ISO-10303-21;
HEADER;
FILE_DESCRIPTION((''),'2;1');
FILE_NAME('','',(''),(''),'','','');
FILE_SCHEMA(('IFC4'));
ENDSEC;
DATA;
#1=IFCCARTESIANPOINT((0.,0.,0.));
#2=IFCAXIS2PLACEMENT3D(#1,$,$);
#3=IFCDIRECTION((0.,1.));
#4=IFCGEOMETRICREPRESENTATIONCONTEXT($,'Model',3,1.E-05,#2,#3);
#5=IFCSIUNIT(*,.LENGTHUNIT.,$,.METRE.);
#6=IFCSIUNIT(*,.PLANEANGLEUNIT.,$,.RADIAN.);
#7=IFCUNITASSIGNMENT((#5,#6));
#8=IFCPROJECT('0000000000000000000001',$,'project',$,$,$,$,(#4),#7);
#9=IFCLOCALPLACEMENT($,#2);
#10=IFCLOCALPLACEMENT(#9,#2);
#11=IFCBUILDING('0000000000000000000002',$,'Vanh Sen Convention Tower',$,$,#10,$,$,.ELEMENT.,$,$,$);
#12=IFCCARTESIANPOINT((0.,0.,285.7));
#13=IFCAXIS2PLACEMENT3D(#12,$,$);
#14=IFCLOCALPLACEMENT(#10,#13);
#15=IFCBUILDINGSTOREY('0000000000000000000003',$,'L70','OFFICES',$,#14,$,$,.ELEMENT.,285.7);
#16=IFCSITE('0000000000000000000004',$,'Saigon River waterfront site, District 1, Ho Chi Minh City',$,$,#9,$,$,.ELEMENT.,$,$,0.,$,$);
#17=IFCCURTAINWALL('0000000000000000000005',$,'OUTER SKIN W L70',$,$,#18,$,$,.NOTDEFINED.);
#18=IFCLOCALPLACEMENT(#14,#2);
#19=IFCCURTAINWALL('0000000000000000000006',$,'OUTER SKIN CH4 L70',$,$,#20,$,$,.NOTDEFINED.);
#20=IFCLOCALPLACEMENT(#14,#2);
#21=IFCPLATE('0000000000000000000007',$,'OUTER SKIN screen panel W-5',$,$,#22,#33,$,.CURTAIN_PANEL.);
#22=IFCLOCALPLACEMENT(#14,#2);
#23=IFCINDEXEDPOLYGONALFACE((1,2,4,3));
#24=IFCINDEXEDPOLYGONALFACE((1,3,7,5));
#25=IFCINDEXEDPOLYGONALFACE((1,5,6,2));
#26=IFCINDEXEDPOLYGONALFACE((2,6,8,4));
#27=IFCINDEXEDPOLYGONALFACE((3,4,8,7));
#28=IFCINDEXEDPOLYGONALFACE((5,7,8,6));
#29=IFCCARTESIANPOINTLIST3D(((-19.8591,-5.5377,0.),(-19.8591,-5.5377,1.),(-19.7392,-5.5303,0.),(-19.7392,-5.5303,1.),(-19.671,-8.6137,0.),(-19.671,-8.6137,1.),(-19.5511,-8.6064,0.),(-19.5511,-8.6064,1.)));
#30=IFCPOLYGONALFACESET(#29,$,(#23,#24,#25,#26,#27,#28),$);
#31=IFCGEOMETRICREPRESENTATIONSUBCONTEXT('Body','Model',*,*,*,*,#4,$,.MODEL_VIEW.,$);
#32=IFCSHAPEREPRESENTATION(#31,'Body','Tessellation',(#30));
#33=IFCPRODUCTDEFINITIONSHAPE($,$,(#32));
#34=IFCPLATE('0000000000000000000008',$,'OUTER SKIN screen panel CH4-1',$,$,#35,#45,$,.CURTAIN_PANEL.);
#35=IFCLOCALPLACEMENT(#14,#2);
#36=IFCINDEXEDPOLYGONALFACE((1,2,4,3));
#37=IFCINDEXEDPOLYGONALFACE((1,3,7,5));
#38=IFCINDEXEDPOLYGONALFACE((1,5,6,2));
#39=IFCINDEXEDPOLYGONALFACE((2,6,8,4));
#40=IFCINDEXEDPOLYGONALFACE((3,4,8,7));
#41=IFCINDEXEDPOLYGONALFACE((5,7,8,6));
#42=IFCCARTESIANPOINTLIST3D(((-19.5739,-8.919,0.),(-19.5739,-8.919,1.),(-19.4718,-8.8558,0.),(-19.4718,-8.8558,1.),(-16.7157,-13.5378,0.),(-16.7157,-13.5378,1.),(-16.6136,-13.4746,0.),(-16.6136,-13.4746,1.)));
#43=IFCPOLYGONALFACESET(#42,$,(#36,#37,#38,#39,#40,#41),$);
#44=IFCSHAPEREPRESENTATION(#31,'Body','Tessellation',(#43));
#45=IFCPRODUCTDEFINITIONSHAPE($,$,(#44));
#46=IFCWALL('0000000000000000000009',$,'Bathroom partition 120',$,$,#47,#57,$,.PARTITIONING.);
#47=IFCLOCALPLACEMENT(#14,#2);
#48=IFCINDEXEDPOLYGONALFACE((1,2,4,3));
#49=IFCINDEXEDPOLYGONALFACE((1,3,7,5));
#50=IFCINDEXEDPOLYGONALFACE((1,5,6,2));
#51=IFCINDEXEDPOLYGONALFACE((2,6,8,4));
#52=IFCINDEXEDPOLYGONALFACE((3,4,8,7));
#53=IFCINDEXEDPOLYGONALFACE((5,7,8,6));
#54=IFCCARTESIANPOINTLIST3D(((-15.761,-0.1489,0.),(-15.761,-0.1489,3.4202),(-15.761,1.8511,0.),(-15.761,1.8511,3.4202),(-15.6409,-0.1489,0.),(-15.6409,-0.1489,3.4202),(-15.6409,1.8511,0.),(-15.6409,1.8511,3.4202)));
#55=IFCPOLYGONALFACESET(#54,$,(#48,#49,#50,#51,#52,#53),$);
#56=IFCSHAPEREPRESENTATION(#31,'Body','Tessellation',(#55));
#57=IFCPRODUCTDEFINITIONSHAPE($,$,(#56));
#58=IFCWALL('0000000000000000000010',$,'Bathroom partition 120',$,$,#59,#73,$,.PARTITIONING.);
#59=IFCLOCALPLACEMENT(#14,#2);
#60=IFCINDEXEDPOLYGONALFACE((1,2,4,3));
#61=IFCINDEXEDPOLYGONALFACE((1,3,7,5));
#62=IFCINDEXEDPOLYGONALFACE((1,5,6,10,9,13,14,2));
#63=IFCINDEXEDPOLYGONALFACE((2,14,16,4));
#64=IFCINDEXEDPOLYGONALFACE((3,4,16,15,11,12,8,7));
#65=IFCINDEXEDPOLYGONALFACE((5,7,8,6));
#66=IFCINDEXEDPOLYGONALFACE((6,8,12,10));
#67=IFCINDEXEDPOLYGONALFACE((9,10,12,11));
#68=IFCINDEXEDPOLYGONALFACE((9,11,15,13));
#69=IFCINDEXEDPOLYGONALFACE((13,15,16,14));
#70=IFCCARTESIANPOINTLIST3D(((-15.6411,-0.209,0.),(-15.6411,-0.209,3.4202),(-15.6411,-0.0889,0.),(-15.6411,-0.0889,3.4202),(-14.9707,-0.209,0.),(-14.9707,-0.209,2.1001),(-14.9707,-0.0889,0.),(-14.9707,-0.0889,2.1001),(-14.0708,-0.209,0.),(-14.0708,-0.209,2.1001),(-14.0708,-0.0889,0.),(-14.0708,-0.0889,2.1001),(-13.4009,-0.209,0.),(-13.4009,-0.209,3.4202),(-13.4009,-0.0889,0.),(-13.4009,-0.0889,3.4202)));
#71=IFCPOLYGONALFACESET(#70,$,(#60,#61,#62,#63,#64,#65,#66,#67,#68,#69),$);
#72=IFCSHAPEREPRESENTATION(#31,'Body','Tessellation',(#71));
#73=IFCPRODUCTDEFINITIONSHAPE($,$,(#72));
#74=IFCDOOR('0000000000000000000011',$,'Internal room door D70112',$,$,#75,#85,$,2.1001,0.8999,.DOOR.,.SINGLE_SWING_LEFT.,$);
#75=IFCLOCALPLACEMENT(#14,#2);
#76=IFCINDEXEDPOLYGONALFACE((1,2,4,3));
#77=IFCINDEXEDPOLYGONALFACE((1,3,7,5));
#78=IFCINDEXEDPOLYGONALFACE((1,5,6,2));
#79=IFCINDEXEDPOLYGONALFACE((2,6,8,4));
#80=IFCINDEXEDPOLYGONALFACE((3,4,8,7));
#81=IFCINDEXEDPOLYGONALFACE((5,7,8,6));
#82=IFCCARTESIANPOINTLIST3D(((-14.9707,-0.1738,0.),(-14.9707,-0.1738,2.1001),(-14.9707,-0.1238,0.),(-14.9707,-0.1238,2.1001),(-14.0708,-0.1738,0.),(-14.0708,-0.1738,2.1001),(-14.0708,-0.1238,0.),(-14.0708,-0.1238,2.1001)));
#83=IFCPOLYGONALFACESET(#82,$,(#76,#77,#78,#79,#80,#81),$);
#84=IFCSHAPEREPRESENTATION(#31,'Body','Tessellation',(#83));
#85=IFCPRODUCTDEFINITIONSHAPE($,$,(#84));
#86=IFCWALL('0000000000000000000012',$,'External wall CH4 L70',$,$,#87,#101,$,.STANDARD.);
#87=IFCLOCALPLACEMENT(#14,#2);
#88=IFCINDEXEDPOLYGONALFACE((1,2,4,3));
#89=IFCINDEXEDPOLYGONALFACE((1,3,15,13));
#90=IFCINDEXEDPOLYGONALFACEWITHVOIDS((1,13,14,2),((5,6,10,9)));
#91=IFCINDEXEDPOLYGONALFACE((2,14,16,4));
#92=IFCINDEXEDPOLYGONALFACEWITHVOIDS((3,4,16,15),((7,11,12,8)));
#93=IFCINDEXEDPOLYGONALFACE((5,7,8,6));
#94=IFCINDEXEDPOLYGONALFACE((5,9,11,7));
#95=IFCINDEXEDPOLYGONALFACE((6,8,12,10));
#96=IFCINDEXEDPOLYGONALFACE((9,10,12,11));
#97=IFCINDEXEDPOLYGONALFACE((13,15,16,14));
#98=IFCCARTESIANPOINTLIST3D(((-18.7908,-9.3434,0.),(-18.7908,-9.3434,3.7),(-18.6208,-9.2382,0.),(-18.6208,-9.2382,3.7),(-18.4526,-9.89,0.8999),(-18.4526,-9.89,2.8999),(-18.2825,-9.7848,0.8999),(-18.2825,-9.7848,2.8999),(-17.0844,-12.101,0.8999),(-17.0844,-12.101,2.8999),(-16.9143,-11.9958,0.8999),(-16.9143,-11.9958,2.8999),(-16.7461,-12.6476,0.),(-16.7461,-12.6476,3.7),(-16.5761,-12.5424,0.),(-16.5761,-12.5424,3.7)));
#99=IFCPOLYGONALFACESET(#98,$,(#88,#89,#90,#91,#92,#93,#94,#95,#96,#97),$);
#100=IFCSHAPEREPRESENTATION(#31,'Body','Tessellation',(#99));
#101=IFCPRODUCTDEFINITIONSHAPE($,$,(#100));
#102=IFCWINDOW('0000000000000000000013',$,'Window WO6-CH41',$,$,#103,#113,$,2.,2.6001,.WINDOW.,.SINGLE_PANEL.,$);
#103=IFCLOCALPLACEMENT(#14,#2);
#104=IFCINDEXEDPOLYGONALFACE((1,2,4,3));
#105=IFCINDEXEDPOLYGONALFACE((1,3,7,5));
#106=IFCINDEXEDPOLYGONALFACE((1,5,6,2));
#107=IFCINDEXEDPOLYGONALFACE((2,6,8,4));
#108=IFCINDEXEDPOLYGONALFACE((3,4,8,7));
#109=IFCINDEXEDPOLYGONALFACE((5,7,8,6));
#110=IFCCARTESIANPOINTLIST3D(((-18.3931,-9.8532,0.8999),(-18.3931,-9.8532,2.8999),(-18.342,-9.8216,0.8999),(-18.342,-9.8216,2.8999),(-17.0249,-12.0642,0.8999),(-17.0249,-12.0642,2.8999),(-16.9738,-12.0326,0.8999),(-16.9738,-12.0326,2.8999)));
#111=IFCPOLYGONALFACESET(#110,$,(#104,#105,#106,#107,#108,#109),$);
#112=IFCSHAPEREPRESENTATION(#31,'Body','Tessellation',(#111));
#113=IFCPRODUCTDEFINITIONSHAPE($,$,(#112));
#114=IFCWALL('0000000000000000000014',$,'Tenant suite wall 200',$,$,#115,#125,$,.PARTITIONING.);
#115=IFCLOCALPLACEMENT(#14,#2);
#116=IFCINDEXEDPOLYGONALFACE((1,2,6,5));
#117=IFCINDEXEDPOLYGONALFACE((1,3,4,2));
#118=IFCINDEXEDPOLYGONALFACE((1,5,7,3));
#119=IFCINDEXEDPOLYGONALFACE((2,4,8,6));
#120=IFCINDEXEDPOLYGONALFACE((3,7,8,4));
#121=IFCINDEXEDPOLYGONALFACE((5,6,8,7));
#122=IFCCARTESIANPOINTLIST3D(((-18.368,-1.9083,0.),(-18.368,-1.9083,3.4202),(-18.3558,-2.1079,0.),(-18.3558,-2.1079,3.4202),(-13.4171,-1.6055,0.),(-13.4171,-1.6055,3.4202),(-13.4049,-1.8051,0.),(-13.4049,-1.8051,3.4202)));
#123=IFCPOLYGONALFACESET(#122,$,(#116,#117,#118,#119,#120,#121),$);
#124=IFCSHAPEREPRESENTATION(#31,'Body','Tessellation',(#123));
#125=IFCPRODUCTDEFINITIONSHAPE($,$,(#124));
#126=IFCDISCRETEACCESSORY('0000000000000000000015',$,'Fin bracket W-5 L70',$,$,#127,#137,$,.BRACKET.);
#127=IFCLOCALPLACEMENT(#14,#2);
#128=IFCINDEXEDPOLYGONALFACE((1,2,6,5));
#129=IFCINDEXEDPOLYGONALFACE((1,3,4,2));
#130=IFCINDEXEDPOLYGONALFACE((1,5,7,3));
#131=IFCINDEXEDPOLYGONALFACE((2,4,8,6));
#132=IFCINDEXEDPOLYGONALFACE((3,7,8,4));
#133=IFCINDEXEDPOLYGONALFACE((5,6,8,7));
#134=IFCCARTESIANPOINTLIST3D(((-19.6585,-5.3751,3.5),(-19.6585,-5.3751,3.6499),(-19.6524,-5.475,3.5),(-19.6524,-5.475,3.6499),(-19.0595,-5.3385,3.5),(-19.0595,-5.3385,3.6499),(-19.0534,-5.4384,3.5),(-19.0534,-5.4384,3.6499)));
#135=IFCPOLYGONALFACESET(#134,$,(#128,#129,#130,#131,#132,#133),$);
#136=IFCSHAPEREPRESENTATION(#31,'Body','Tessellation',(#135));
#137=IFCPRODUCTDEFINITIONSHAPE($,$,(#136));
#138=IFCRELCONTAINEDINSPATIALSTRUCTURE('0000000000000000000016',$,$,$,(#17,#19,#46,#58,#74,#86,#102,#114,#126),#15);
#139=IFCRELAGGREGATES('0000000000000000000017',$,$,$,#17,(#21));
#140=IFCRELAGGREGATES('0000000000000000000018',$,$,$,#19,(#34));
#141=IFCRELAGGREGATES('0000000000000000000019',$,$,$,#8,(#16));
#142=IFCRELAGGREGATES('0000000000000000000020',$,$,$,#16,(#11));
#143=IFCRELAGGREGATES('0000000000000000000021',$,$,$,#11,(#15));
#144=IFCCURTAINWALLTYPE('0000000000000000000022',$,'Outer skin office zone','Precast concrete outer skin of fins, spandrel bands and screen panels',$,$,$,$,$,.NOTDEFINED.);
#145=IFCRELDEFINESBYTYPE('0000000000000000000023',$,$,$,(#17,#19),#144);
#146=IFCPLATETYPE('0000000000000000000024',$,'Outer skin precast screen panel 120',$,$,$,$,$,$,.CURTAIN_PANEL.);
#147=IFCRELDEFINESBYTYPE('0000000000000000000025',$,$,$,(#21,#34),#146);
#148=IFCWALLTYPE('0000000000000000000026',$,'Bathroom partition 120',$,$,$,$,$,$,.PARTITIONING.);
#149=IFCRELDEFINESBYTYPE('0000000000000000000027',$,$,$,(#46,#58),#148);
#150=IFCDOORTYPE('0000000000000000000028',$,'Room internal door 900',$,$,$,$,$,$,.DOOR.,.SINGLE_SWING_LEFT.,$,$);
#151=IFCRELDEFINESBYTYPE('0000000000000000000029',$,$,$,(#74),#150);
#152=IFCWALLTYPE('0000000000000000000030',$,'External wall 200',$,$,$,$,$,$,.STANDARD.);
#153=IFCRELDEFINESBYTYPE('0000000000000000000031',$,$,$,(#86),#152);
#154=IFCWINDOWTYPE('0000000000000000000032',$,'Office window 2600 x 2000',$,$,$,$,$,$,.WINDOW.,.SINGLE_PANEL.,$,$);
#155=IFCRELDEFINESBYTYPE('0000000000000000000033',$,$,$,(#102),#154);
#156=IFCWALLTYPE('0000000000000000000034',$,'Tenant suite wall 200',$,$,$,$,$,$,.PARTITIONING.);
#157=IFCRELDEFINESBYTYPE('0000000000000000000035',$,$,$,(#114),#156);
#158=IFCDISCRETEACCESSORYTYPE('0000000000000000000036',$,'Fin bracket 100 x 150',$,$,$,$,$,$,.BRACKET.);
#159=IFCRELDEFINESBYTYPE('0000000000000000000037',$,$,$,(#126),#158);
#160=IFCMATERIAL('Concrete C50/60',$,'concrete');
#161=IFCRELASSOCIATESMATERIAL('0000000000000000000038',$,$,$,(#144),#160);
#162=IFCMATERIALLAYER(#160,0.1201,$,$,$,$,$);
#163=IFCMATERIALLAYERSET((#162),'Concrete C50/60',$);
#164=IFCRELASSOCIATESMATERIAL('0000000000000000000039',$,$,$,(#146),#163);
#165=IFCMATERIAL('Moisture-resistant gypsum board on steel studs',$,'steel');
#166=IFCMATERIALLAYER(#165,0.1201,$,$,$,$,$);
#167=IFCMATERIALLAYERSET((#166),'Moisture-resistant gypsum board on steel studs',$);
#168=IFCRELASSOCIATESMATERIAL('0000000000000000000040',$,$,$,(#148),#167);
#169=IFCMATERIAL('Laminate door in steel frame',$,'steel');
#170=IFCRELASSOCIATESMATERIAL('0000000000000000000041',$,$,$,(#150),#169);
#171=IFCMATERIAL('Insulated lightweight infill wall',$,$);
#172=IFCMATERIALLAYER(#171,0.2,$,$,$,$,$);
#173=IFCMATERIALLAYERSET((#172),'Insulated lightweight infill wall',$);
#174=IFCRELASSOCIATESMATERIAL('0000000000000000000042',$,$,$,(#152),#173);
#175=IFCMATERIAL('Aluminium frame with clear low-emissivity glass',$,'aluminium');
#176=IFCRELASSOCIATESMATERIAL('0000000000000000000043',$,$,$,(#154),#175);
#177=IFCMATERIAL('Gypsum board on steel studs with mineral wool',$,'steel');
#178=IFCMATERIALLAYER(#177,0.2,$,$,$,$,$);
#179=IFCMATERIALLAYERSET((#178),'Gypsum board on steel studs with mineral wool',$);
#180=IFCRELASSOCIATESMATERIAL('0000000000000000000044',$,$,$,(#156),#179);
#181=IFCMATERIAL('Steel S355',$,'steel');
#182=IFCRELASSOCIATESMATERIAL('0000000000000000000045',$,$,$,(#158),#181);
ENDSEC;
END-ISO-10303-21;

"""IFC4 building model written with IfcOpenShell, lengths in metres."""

from ifc_helpers import new_model, si_unit, direction, frame, frame_2d, origin, origin_2d, place, context, subcontext, project, spatial, rectangle, extrude, material, layer, layer_set, type_object, element, fill, aggregate, save


model = new_model("IFC4")

# Units and contexts
model_context = context("Model", 3, precision=1e-05, world=origin(), true_north=direction((0.0, 1.0)))
body_context = subcontext(model_context, "Body", "Model", "MODEL_VIEW")
ifc_project = project(units=[si_unit("LENGTHUNIT", "METRE"), si_unit("PLANEANGLEUNIT", "RADIAN")], contexts=[model_context])

# Site, building, storey
site_placement = place(None, origin())
site = spatial("IfcSite", under=ifc_project, at=site_placement, Name="Saigon River waterfront site, District 1, Ho Chi Minh City", CompositionType="ELEMENT", RefElevation=0.0)
building_placement = place(site_placement, origin())
building = spatial("IfcBuilding", under=site, at=building_placement, Name="Vanh Sen Convention Tower", CompositionType="ELEMENT")
storey_placement = place(building_placement, frame((0.0, 0.0, 285.7)))
storey = spatial("IfcBuildingStorey", under=building, at=storey_placement, Name="L70", Description="OFFICES", CompositionType="ELEMENT", Elevation=285.7)

# Curtain wall
ifc_material_1 = material(Name="Concrete C50/60", Category="concrete")
curtain_wall_type = type_object("IfcCurtainWallType", Name="Outer skin office zone", Description="Precast concrete outer skin of fins, spandrel bands and screen panels", PredefinedType="NOTDEFINED", material=ifc_material_1)
curtain_wall_1_placement = place(storey_placement, origin())
curtain_wall_1 = element("IfcCurtainWall", 1, at=curtain_wall_1_placement, inside=storey, type_object=curtain_wall_type, Name="OUTER SKIN W L70", PredefinedType="NOTDEFINED")

# Curtain wall
curtain_wall_2_placement = place(storey_placement, origin())
curtain_wall_2 = element("IfcCurtainWall", 2, at=curtain_wall_2_placement, inside=storey, type_object=curtain_wall_type, Name="OUTER SKIN CH4 L70", PredefinedType="NOTDEFINED")

# Plates
ifc_layer_1 = layer(ifc_material_1, 0.1201)
ifc_layer_set_1 = layer_set([ifc_layer_1], Name="Concrete C50/60")
plate_type = type_object("IfcPlateType", Name="Outer skin precast screen panel 120", PredefinedType="CURTAIN_PANEL", material=ifc_layer_set_1)
plate_1_placement = place(storey_placement, frame((-19.7051, -7.072, 0.0), z_axis=(0.0, 0.0, 1.0), x_axis=(0.06105, -0.998135, 0.0)))
plate_1 = element("IfcPlate", 3, at=plate_1_placement, type_object=plate_type, Name="OUTER SKIN screen panel W-5", PredefinedType="CURTAIN_PANEL", context=body_context, shape_type="SweptSolid", body=[
    extrude(rectangle(XDim=3.0818, YDim=0.1201, at=origin_2d()), origin(), (0.0, 0.0, 1.0), 1.0),
])
aggregate(curtain_wall_1, [plate_1])
plate_2_placement = place(storey_placement, frame((-18.0938, -11.1968, 0.0), z_axis=(0.0, 0.0, 1.0), x_axis=(0.526211, -0.850354, 0.0)))
plate_2 = element("IfcPlate", 4, at=plate_2_placement, type_object=plate_type, Name="OUTER SKIN screen panel CH4-1", PredefinedType="CURTAIN_PANEL", context=body_context, shape_type="SweptSolid", body=[
    extrude(rectangle(XDim=5.4316, YDim=0.1201, at=origin_2d()), origin(), (0.0, 0.0, 1.0), 1.0),
])
aggregate(curtain_wall_2, [plate_2])

# Wall
ifc_material_2 = material(Name="Moisture-resistant gypsum board on steel studs", Category="steel")
ifc_layer_2 = layer(ifc_material_2, 0.1201)
ifc_layer_set_2 = layer_set([ifc_layer_2], Name="Moisture-resistant gypsum board on steel studs")
wall_type_1 = type_object("IfcWallType", Name="Bathroom partition 120", PredefinedType="PARTITIONING", material=ifc_layer_set_2)
wall_1_placement = place(storey_placement, frame((-15.7009, -0.1489, 0.0), z_axis=(0.0, 0.0, 1.0), x_axis=(0.0, 1.0, 0.0)))
element("IfcWall", 5, at=wall_1_placement, inside=storey, type_object=wall_type_1, Name="Bathroom partition 120", PredefinedType="PARTITIONING", context=body_context, shape_type="SweptSolid", body=[
    extrude(rectangle(XDim=2.0, YDim=0.1201, at=frame_2d((1.0, 0.0))), origin(), (0.0, 0.0, 1.0), 3.4202),
])

# Wall, opening, door
wall_2_placement = place(storey_placement, frame((-13.4009, -0.1489, 0.0), z_axis=(0.0, 0.0, 1.0), x_axis=(-1.0, 0.0, 0.0)))
wall_2 = element("IfcWall", 6, at=wall_2_placement, inside=storey, type_object=wall_type_1, Name="Bathroom partition 120", PredefinedType="PARTITIONING", context=body_context, shape_type="SweptSolid", body=[
    extrude(rectangle(XDim=2.2402, YDim=0.1201, at=frame_2d((1.1201, 0.0))), origin(), (0.0, 0.0, 1.0), 3.4202),
])
opening_1_placement = place(wall_2_placement, frame((0.6699, 0.0, 0.0)))
opening_1 = element("IfcOpeningElement", 7, at=opening_1_placement, cuts=wall_2, PredefinedType="OPENING", context=body_context, shape_type="SweptSolid", body=[
    extrude(rectangle(XDim=0.8999, YDim=2.1001, at=frame_2d((0.45, 1.05))), frame((0.0, 0.0701, 0.0), z_axis=(0.0, -1.0, 0.0), x_axis=(1.0, 0.0, 0.0)), (0.0, 0.0, 1.0), 0.1401),
])
ifc_material_3 = material(Name="Laminate door in steel frame", Category="steel")
door_type = type_object("IfcDoorType", Name="Room internal door 900", OperationType="SINGLE_SWING_LEFT", PredefinedType="DOOR", material=ifc_material_3)
door_placement = place(opening_1_placement, origin())
door = element("IfcDoor", 8, at=door_placement, inside=storey, type_object=door_type, Name="Internal room door D70112", OperationType="SINGLE_SWING_LEFT", OverallHeight=2.1001, OverallWidth=0.8999, PredefinedType="DOOR", context=body_context, shape_type="SweptSolid", body=[
    extrude(rectangle(XDim=0.8999, YDim=2.1001, at=frame_2d((0.45, 1.05))), frame((0.0, 0.0249, 0.0), z_axis=(0.0, -1.0, 0.0), x_axis=(1.0, 0.0, 0.0)), (0.0, 0.0, 1.0), 0.05),
])
fill(opening_1, door)

# Wall, opening, window
ifc_material_4 = material(Name="Insulated lightweight infill wall")
ifc_layer_3 = layer(ifc_material_4, 0.2)
ifc_layer_set_3 = layer_set([ifc_layer_3], Name="Insulated lightweight infill wall")
wall_type_2 = type_object("IfcWallType", Name="External wall 200", PredefinedType="STANDARD", material=ifc_layer_set_3)
wall_3_placement = place(storey_placement, frame((-18.7058, -9.2908, 0.0), z_axis=(0.0, 0.0, 1.0), x_axis=(0.52621, -0.850355, 0.0)))
wall_3 = element("IfcWall", 9, at=wall_3_placement, inside=storey, type_object=wall_type_2, Name="External wall CH4 L70", PredefinedType="STANDARD", context=body_context, shape_type="SweptSolid", body=[
    extrude(rectangle(XDim=3.8857, YDim=0.2, at=frame_2d((1.9429, 0.0))), origin(), (0.0, 0.0, 1.0), 3.7),
])
opening_2_placement = place(wall_3_placement, frame((0.6428, 0.0, 0.8999)))
opening_2 = element("IfcOpeningElement", 10, at=opening_2_placement, cuts=wall_3, PredefinedType="OPENING", context=body_context, shape_type="SweptSolid", body=[
    extrude(rectangle(XDim=2.6001, YDim=2.0, at=frame_2d((1.3, 1.0))), frame((0.0, 0.1099, 0.0), z_axis=(0.0, -1.0, 0.0), x_axis=(1.0, 0.0, 0.0)), (0.0, 0.0, 1.0), 0.22),
])
ifc_material_5 = material(Name="Aluminium frame with clear low-emissivity glass", Category="aluminium")
window_type = type_object("IfcWindowType", Name="Office window 2600 x 2000", PartitioningType="SINGLE_PANEL", PredefinedType="WINDOW", material=ifc_material_5)
window_placement = place(opening_2_placement, origin())
window = element("IfcWindow", 11, at=window_placement, inside=storey, type_object=window_type, Name="Window WO6-CH41", OverallHeight=2.0, OverallWidth=2.6001, PartitioningType="SINGLE_PANEL", PredefinedType="WINDOW", context=body_context, shape_type="SweptSolid", body=[
    extrude(rectangle(XDim=2.6001, YDim=2.0, at=frame_2d((1.3, 1.0))), frame((0.0, 0.03, 0.0), z_axis=(0.0, -1.0, 0.0), x_axis=(1.0, 0.0, 0.0)), (0.0, 0.0, 1.0), 0.0601),
])
fill(opening_2, window)

# Wall
ifc_material_6 = material(Name="Gypsum board on steel studs with mineral wool", Category="steel")
ifc_layer_4 = layer(ifc_material_6, 0.2)
ifc_layer_set_4 = layer_set([ifc_layer_4], Name="Gypsum board on steel studs with mineral wool")
wall_type_3 = type_object("IfcWallType", Name="Tenant suite wall 200", PredefinedType="PARTITIONING", material=ifc_layer_set_4)
wall_4_placement = place(storey_placement, frame((-18.3618, -2.0081, 0.0), z_axis=(0.0, 0.0, 1.0), x_axis=(0.998136, 0.061033, 0.0)))
element("IfcWall", 12, at=wall_4_placement, inside=storey, type_object=wall_type_3, Name="Tenant suite wall 200", PredefinedType="PARTITIONING", context=body_context, shape_type="SweptSolid", body=[
    extrude(rectangle(XDim=4.9602, YDim=0.2, at=frame_2d((2.48, 0.0))), origin(), (0.0, 0.0, 1.0), 3.4202),
])

# Discrete accessory
ifc_material_7 = material(Name="Steel S355", Category="steel")
discrete_accessory_type = type_object("IfcDiscreteAccessoryType", Name="Fin bracket 100 x 150", PredefinedType="BRACKET", material=ifc_material_7)
discrete_accessory_placement = place(storey_placement, frame((-19.356, -5.4067, 3.5), z_axis=(0.0, 0.0, 1.0), x_axis=(-0.998135, -0.061049, 0.0)))
element("IfcDiscreteAccessory", 13, at=discrete_accessory_placement, inside=storey, type_object=discrete_accessory_type, Name="Fin bracket W-5 L70", PredefinedType="BRACKET", context=body_context, shape_type="SweptSolid", body=[
    extrude(rectangle(XDim=0.6001, YDim=0.1001, at=origin_2d()), origin(), (0.0, 0.0, 1.0), 0.1499),
])

save(model, "model.ifc")
